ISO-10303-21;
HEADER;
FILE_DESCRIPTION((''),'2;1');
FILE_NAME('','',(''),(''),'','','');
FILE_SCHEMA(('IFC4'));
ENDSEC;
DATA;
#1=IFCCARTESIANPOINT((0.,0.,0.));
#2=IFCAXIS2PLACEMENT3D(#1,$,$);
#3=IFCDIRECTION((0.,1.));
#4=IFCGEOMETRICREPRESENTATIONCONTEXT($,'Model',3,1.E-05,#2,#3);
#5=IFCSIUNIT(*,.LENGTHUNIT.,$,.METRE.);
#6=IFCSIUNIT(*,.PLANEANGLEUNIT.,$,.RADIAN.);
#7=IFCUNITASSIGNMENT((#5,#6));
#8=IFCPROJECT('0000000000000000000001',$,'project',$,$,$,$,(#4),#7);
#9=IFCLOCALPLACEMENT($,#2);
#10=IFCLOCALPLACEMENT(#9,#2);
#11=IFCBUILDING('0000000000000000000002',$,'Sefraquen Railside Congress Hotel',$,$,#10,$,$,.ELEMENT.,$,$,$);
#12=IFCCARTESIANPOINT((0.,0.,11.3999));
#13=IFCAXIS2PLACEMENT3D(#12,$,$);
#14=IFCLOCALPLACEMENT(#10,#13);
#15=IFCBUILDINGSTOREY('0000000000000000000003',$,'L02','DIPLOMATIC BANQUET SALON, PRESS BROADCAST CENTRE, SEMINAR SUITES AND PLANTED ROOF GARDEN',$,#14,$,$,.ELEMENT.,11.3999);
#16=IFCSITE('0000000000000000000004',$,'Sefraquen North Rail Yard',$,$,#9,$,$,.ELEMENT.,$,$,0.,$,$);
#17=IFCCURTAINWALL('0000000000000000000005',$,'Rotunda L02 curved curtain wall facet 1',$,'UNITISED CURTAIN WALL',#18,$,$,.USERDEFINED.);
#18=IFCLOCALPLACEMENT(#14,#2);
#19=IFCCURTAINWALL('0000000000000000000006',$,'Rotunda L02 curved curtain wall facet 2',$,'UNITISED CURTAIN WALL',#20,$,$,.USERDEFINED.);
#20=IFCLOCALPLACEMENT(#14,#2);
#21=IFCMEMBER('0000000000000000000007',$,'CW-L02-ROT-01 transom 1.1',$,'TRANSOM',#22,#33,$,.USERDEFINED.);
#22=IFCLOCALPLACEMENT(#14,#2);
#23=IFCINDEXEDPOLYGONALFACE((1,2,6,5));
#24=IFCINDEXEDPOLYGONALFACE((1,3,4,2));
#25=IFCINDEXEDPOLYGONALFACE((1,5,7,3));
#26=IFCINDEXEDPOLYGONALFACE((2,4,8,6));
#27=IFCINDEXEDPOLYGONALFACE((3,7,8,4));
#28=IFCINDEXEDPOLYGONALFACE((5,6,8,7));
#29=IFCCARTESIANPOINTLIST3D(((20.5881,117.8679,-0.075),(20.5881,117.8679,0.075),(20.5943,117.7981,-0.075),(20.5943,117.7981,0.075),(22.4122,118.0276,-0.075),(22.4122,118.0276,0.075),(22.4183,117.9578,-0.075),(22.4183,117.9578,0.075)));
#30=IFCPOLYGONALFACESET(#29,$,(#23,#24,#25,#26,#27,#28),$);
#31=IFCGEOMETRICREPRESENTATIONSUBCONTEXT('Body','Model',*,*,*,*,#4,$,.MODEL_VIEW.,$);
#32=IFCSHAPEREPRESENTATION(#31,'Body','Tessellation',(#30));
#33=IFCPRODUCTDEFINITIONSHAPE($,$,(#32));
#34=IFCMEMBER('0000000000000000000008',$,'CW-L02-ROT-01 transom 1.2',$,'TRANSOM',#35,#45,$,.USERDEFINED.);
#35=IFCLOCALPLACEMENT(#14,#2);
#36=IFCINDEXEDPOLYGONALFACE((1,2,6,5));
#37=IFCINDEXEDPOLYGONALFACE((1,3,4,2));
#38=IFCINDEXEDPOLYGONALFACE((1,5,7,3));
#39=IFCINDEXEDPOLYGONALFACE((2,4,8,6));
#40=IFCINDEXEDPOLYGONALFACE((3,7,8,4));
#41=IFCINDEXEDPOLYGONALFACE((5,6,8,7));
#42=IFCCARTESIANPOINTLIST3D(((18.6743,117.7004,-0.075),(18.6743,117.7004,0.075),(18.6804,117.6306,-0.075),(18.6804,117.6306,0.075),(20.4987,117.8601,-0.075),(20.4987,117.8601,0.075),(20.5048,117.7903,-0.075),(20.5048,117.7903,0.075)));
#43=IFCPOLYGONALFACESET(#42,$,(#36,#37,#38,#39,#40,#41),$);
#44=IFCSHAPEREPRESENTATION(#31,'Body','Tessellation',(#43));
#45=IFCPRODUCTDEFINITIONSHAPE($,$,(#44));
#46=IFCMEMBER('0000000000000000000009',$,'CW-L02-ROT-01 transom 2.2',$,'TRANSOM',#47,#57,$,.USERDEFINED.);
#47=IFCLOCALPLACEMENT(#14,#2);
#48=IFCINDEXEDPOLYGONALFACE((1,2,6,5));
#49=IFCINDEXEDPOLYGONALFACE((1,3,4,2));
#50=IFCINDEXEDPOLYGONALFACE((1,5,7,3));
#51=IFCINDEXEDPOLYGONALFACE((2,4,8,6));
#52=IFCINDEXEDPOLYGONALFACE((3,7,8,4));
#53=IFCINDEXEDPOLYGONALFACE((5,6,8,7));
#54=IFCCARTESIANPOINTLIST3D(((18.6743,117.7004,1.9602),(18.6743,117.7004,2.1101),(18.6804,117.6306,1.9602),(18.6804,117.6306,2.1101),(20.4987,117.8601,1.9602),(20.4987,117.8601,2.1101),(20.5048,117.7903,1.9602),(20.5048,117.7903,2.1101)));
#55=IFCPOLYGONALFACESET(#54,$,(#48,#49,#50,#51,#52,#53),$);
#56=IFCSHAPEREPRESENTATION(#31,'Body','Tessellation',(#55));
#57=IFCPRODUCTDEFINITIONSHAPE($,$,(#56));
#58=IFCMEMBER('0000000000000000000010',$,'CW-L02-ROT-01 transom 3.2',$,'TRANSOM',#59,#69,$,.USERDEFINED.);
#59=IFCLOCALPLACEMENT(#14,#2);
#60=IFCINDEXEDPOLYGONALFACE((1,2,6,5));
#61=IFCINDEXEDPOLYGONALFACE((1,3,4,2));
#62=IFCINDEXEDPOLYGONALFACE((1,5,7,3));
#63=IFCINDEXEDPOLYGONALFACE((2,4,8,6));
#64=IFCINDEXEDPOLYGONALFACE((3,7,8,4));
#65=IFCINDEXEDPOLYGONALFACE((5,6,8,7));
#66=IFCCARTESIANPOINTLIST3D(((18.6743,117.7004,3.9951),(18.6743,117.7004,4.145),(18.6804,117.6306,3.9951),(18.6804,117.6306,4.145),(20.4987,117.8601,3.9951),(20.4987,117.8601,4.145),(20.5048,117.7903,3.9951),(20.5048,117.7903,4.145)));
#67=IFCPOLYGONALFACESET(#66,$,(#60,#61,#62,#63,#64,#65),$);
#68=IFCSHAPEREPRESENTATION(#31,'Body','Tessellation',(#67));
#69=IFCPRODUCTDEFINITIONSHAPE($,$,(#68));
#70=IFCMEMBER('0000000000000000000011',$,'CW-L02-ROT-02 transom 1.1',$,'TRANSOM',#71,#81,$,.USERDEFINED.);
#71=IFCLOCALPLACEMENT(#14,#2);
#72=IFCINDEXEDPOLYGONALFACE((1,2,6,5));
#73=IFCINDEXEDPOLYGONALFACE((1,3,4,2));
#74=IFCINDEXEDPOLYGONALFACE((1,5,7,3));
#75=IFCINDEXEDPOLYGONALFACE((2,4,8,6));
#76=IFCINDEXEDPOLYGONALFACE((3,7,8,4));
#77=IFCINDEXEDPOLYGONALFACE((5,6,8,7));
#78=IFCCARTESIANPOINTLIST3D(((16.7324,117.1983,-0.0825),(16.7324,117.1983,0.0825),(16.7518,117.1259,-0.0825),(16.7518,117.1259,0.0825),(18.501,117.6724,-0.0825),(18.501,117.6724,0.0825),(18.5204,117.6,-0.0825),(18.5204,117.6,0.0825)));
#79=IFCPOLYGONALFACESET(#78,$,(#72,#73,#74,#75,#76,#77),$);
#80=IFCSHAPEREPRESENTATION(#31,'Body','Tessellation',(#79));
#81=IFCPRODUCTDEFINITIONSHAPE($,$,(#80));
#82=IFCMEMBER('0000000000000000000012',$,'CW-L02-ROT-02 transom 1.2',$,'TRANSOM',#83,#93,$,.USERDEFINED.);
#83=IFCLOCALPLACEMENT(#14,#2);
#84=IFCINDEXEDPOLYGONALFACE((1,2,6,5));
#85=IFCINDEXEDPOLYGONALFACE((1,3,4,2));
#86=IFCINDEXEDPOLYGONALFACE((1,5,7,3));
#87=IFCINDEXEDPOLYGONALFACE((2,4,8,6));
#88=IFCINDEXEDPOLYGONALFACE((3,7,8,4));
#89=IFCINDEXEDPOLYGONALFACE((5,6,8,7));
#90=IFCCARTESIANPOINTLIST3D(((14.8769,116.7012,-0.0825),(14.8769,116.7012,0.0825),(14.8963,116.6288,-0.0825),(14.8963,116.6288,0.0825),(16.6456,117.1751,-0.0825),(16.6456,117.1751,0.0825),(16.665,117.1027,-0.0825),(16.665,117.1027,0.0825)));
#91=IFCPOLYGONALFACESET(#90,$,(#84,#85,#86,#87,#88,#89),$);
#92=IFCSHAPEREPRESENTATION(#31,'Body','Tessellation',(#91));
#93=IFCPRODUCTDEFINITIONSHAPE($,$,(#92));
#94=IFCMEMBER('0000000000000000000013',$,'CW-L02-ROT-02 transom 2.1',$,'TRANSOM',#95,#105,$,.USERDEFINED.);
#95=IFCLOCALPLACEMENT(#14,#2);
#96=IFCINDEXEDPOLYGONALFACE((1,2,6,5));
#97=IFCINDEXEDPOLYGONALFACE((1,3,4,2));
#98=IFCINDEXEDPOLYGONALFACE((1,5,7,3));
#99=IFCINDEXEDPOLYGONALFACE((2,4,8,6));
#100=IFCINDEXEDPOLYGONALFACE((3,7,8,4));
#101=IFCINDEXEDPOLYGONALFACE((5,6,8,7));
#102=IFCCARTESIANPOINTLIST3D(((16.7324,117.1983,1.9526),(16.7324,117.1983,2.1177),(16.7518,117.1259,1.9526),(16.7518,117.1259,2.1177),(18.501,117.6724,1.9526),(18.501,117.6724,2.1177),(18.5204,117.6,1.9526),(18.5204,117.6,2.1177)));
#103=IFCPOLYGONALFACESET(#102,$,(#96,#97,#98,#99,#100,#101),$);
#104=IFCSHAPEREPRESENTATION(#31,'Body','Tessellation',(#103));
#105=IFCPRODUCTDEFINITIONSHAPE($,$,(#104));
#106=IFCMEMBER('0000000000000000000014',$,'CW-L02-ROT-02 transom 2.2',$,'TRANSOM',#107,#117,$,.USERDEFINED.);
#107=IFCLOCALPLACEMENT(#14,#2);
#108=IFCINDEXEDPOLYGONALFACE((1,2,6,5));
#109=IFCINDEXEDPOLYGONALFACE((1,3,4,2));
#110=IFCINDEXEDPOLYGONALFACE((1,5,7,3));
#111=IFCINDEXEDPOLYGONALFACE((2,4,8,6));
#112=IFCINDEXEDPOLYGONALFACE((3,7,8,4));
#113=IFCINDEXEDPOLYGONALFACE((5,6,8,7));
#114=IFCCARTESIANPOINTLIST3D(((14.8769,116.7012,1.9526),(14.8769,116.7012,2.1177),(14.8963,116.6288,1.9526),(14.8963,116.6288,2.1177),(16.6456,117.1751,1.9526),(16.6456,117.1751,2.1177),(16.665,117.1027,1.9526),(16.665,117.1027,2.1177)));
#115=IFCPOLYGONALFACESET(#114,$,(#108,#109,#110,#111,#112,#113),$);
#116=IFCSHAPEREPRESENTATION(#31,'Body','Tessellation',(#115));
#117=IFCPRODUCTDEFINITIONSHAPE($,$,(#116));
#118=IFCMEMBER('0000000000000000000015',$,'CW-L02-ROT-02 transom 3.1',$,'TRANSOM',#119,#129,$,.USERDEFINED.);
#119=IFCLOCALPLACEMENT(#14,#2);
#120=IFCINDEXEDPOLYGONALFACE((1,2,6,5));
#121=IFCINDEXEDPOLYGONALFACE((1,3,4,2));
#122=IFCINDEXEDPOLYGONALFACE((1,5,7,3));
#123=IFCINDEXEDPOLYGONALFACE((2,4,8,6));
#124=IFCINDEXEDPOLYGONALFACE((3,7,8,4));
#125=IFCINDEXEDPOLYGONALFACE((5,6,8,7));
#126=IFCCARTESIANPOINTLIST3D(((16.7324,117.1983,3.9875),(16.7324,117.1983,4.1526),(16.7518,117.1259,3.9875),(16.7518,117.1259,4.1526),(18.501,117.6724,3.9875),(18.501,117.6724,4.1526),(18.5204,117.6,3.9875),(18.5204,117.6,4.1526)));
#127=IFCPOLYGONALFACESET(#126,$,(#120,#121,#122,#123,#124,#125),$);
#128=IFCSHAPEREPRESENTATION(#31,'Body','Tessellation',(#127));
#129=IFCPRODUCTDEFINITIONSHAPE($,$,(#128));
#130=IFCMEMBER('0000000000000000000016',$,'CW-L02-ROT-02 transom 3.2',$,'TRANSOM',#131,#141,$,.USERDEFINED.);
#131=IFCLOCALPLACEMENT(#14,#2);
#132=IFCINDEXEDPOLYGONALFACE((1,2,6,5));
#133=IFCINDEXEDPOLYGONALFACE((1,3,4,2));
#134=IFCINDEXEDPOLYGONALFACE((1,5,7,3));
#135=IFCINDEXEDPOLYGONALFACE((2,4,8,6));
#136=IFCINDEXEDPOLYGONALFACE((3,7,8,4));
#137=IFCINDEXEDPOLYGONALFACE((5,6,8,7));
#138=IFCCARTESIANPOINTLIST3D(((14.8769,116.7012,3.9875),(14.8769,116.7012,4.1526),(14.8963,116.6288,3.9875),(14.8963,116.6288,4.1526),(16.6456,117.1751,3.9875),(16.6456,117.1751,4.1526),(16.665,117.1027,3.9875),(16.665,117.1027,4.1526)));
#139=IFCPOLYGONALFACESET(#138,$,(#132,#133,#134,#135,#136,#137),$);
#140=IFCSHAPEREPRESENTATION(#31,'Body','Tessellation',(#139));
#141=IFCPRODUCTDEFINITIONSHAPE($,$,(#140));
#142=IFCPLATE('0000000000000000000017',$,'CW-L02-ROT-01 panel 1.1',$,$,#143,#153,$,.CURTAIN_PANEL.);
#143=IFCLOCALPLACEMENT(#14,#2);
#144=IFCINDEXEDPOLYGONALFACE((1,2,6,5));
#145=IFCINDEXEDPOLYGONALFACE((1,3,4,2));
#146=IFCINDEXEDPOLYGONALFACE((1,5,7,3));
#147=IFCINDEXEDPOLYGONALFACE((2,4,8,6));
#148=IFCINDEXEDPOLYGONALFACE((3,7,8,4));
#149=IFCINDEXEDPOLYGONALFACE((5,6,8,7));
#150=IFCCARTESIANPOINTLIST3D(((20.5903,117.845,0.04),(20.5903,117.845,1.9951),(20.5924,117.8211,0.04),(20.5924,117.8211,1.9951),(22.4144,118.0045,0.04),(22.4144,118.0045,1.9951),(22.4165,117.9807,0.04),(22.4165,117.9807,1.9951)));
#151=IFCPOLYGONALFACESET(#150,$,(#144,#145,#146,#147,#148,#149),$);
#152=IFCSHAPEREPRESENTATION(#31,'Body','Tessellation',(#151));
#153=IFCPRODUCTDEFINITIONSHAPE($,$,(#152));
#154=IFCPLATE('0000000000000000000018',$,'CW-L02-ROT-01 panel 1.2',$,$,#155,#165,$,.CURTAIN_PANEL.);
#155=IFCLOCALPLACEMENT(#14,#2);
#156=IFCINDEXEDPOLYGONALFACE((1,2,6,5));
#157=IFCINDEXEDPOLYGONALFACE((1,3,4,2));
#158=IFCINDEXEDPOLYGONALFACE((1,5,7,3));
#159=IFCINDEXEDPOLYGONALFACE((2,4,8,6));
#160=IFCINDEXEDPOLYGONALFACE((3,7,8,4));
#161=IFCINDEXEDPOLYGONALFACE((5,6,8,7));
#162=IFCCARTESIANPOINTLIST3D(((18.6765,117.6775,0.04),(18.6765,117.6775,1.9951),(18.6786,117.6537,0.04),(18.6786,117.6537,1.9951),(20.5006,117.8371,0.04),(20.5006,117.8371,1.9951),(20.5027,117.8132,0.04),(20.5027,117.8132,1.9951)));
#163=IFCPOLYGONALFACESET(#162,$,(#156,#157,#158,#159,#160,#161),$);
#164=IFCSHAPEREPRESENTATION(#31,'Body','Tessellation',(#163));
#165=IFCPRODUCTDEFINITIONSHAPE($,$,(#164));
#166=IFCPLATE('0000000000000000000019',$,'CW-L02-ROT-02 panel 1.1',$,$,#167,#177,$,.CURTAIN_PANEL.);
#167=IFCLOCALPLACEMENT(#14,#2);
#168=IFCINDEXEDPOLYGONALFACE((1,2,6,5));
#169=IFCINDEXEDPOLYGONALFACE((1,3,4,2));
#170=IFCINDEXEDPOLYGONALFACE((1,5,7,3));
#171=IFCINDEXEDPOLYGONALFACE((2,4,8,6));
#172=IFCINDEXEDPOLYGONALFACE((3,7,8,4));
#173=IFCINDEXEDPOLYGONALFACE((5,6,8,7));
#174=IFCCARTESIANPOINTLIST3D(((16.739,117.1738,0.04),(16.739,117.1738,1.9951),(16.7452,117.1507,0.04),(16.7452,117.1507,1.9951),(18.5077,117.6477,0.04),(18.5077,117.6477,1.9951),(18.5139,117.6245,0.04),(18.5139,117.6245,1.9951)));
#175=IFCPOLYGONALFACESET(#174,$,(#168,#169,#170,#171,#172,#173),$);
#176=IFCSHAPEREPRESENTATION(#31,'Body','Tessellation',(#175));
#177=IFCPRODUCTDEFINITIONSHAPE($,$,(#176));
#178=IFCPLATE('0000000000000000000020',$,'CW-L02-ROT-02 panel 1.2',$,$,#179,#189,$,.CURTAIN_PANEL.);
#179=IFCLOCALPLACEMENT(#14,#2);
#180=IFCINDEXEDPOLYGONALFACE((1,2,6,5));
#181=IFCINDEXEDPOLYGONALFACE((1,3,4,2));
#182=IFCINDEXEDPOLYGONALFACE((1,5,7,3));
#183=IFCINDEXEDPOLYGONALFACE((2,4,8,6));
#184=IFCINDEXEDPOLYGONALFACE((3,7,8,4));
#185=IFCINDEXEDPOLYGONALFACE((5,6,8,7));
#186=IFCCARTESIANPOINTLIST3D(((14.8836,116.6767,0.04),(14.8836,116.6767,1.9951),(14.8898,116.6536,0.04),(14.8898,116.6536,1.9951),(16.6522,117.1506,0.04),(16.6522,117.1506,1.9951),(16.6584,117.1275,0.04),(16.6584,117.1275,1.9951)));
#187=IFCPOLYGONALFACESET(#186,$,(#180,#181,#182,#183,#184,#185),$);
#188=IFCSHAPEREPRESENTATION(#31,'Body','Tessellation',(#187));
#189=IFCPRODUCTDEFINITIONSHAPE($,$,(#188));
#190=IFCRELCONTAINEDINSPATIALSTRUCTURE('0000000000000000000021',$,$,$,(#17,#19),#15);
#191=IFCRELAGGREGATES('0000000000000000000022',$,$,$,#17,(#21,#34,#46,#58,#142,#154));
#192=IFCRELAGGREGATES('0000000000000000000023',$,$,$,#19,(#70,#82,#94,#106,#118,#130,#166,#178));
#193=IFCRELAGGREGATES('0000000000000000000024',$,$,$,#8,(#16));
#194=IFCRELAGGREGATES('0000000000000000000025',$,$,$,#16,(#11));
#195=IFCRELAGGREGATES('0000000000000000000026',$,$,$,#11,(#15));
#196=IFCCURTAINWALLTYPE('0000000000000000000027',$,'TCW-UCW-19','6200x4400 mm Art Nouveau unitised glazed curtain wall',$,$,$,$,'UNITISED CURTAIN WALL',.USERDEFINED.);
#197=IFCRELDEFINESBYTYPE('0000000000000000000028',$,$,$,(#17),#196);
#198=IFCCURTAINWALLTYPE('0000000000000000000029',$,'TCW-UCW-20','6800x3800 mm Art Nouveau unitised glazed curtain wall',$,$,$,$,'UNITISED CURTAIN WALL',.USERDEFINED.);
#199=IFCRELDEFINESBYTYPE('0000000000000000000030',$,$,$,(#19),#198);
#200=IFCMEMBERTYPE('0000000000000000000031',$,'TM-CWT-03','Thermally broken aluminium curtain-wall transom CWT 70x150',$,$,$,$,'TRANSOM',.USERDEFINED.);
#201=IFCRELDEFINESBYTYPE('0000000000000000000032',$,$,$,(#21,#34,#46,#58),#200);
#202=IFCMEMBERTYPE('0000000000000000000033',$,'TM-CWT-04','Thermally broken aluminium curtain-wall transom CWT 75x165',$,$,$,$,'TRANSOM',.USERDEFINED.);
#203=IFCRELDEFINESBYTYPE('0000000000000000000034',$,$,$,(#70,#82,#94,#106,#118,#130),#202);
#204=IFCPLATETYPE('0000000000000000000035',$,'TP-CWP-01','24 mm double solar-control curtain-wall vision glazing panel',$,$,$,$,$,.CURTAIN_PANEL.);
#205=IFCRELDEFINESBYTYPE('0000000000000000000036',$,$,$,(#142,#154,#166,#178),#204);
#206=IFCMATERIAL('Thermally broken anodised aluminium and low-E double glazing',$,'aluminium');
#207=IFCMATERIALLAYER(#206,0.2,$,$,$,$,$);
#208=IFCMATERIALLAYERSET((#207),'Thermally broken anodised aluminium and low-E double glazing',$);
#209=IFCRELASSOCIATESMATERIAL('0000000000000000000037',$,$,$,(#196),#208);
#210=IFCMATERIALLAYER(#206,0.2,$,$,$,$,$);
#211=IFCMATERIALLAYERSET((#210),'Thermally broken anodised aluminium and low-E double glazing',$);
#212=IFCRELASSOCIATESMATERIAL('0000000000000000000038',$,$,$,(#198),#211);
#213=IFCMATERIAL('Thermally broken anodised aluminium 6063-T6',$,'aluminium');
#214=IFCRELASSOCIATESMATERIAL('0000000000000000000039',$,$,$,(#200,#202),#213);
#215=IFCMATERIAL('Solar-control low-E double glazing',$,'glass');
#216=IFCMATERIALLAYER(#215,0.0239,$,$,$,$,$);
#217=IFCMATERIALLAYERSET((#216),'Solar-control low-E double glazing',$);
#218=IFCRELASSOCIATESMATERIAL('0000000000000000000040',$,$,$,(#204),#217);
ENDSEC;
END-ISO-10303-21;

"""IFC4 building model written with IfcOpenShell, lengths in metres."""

from ifc_helpers import new_model, si_unit, direction, frame, origin, origin_2d, place, context, subcontext, project, spatial, rectangle, extrude, material, layer, layer_set, material_profile, profile_set, type_object, element, aggregate, save


model = new_model("IFC4")

# Units and contexts
model_context = context("Model", 3, precision=1e-05, world=origin(), true_north=direction((0.0, 1.0)))
body_context = subcontext(model_context, "Body", "Model", "MODEL_VIEW")
ifc_project = project(units=[si_unit("LENGTHUNIT", "METRE"), si_unit("PLANEANGLEUNIT", "RADIAN")], contexts=[model_context])

# Site, building, storey
site_placement = place(None, origin())
site = spatial("IfcSite", under=ifc_project, at=site_placement, Name="Sefraquen North Rail Yard", CompositionType="ELEMENT", RefElevation=0.0)
building_placement = place(site_placement, origin())
building = spatial("IfcBuilding", under=site, at=building_placement, Name="Sefraquen Railside Congress Hotel", CompositionType="ELEMENT")
storey_placement = place(building_placement, frame((0.0, 0.0, 11.3999)))
storey = spatial("IfcBuildingStorey", under=building, at=storey_placement, Name="L02", Description="DIPLOMATIC BANQUET SALON, PRESS BROADCAST CENTRE, SEMINAR SUITES AND PLANTED ROOF GARDEN", CompositionType="ELEMENT", Elevation=11.3999)

# Curtain walls
ifc_material_1 = material(Name="Thermally broken anodised aluminium and low-E double glazing", Category="aluminium")
ifc_layer_1 = layer(ifc_material_1, 0.2)
ifc_layer_set_1 = layer_set([ifc_layer_1], Name="Thermally broken anodised aluminium and low-E double glazing")
curtain_wall_type_1 = type_object("IfcCurtainWallType", Name="TCW-UCW-19", Description="6200x4400 mm Art Nouveau unitised glazed curtain wall", ElementType="UNITISED CURTAIN WALL", PredefinedType="USERDEFINED", material=ifc_layer_set_1)
curtain_wall_1_placement = place(storey_placement, origin())
curtain_wall_1 = element("IfcCurtainWall", 1, at=curtain_wall_1_placement, inside=storey, type_object=curtain_wall_type_1, Name="Rotunda L02 curved curtain wall facet 1", ObjectType="UNITISED CURTAIN WALL", PredefinedType="USERDEFINED")
ifc_material_2 = material(Name="Thermally broken anodised aluminium 6063-T6", Category="aluminium")
ifc_layer_2 = layer(ifc_material_1, 0.2)
ifc_layer_set_2 = layer_set([ifc_layer_2], Name="Thermally broken anodised aluminium and low-E double glazing")
curtain_wall_type_2 = type_object("IfcCurtainWallType", Name="TCW-UCW-20", Description="6800x3800 mm Art Nouveau unitised glazed curtain wall", ElementType="UNITISED CURTAIN WALL", PredefinedType="USERDEFINED", material=ifc_layer_set_2)
curtain_wall_2_placement = place(storey_placement, origin())
curtain_wall_2 = element("IfcCurtainWall", 2, at=curtain_wall_2_placement, inside=storey, type_object=curtain_wall_type_2, Name="Rotunda L02 curved curtain wall facet 2", ObjectType="UNITISED CURTAIN WALL", PredefinedType="USERDEFINED")

# Members
ifc_material_profile_1 = material_profile(ifc_material_2, rectangle(XDim=0.0701, YDim=0.1499, at=origin_2d()), Name="CWT 70x150")
ifc_profile_set_1 = profile_set([ifc_material_profile_1], Name="Thermally broken anodised aluminium 6063-T6")
member_type_1 = type_object("IfcMemberType", Name="TM-CWT-03", Description="Thermally broken aluminium curtain-wall transom CWT 70x150", ElementType="TRANSOM", PredefinedType="USERDEFINED", material=ifc_profile_set_1)
member_1_placement = place(storey_placement, frame((22.4153, 117.9927, 0.0), z_axis=(-0.99619, -0.087205, 0.0), x_axis=(0.087205, -0.99619, 0.0)))
member_1 = element("IfcMember", 3, at=member_1_placement, type_object=member_type_1, Name="CW-L02-ROT-01 transom 1.1", ObjectType="TRANSOM", PredefinedType="USERDEFINED", context=body_context, shape_type="SweptSolid", body=[
    extrude(rectangle(XDim=0.0701, YDim=0.1499, at=origin_2d()), origin(), (0.0, 0.0, 1.0), 1.8311),
])
member_2_placement = place(storey_placement, frame((20.5017, 117.8252, 0.0), z_axis=(-0.996191, -0.087193, 0.0), x_axis=(0.087193, -0.996191, 0.0)))
member_2 = element("IfcMember", 4, at=member_2_placement, type_object=member_type_1, Name="CW-L02-ROT-01 transom 1.2", ObjectType="TRANSOM", PredefinedType="USERDEFINED", context=body_context, shape_type="SweptSolid", body=[
    extrude(rectangle(XDim=0.0701, YDim=0.1499, at=origin_2d()), origin(), (0.0, 0.0, 1.0), 1.8313),
])
member_3_placement = place(storey_placement, frame((20.5017, 117.8252, 2.0352), z_axis=(-0.996191, -0.087193, 0.0), x_axis=(0.087193, -0.996191, 0.0)))
member_3 = element("IfcMember", 5, at=member_3_placement, type_object=member_type_1, Name="CW-L02-ROT-01 transom 2.2", ObjectType="TRANSOM", PredefinedType="USERDEFINED", context=body_context, shape_type="SweptSolid", body=[
    extrude(rectangle(XDim=0.0701, YDim=0.1499, at=origin_2d()), origin(), (0.0, 0.0, 1.0), 1.8313),
])
member_4_placement = place(storey_placement, frame((20.5017, 117.8252, 4.0701), z_axis=(-0.996191, -0.087193, 0.0), x_axis=(0.087193, -0.996191, 0.0)))
member_4 = element("IfcMember", 6, at=member_4_placement, type_object=member_type_1, Name="CW-L02-ROT-01 transom 3.2", ObjectType="TRANSOM", PredefinedType="USERDEFINED", context=body_context, shape_type="SweptSolid", body=[
    extrude(rectangle(XDim=0.0701, YDim=0.1499, at=origin_2d()), origin(), (0.0, 0.0, 1.0), 1.8313),
])
ifc_material_profile_2 = material_profile(ifc_material_2, rectangle(XDim=0.075, YDim=0.165, at=origin_2d()), Name="CWT 75x165")
ifc_profile_set_2 = profile_set([ifc_material_profile_2], Name="Thermally broken anodised aluminium 6063-T6")
member_type_2 = type_object("IfcMemberType", Name="TM-CWT-04", Description="Thermally broken aluminium curtain-wall transom CWT 75x165", ElementType="TRANSOM", PredefinedType="USERDEFINED", material=ifc_profile_set_2)
member_5_placement = place(storey_placement, frame((18.5107, 117.6362, 0.0), z_axis=(-0.965893, -0.25894, 0.0), x_axis=(0.25894, -0.965893, 0.0)))
member_5 = element("IfcMember", 7, at=member_5_placement, type_object=member_type_2, Name="CW-L02-ROT-02 transom 1.1", ObjectType="TRANSOM", PredefinedType="USERDEFINED", context=body_context, shape_type="SweptSolid", body=[
    extrude(rectangle(XDim=0.075, YDim=0.165, at=origin_2d()), origin(), (0.0, 0.0, 1.0), 1.8311),
])
member_6_placement = place(storey_placement, frame((16.6553, 117.1389, 0.0), z_axis=(-0.965927, -0.258816, 0.0), x_axis=(0.258816, -0.965927, 0.0)))
member_6 = element("IfcMember", 8, at=member_6_placement, type_object=member_type_2, Name="CW-L02-ROT-02 transom 1.2", ObjectType="TRANSOM", PredefinedType="USERDEFINED", context=body_context, shape_type="SweptSolid", body=[
    extrude(rectangle(XDim=0.075, YDim=0.165, at=origin_2d()), origin(), (0.0, 0.0, 1.0), 1.8311),
])
member_7_placement = place(storey_placement, frame((18.5107, 117.6362, 2.0352), z_axis=(-0.965893, -0.25894, 0.0), x_axis=(0.25894, -0.965893, 0.0)))
member_7 = element("IfcMember", 9, at=member_7_placement, type_object=member_type_2, Name="CW-L02-ROT-02 transom 2.1", ObjectType="TRANSOM", PredefinedType="USERDEFINED", context=body_context, shape_type="SweptSolid", body=[
    extrude(rectangle(XDim=0.075, YDim=0.165, at=origin_2d()), origin(), (0.0, 0.0, 1.0), 1.8311),
])
member_8_placement = place(storey_placement, frame((16.6553, 117.1389, 2.0352), z_axis=(-0.965927, -0.258816, 0.0), x_axis=(0.258816, -0.965927, 0.0)))
member_8 = element("IfcMember", 10, at=member_8_placement, type_object=member_type_2, Name="CW-L02-ROT-02 transom 2.2", ObjectType="TRANSOM", PredefinedType="USERDEFINED", context=body_context, shape_type="SweptSolid", body=[
    extrude(rectangle(XDim=0.075, YDim=0.165, at=origin_2d()), origin(), (0.0, 0.0, 1.0), 1.8311),
])
member_9_placement = place(storey_placement, frame((18.5107, 117.6362, 4.0701), z_axis=(-0.965893, -0.25894, 0.0), x_axis=(0.25894, -0.965893, 0.0)))
member_9 = element("IfcMember", 11, at=member_9_placement, type_object=member_type_2, Name="CW-L02-ROT-02 transom 3.1", ObjectType="TRANSOM", PredefinedType="USERDEFINED", context=body_context, shape_type="SweptSolid", body=[
    extrude(rectangle(XDim=0.075, YDim=0.165, at=origin_2d()), origin(), (0.0, 0.0, 1.0), 1.8311),
])
member_10_placement = place(storey_placement, frame((16.6553, 117.1389, 4.0701), z_axis=(-0.965927, -0.258816, 0.0), x_axis=(0.258816, -0.965927, 0.0)))
member_10 = element("IfcMember", 12, at=member_10_placement, type_object=member_type_2, Name="CW-L02-ROT-02 transom 3.2", ObjectType="TRANSOM", PredefinedType="USERDEFINED", context=body_context, shape_type="SweptSolid", body=[
    extrude(rectangle(XDim=0.075, YDim=0.165, at=origin_2d()), origin(), (0.0, 0.0, 1.0), 1.8311),
])

# Plates
ifc_material_3 = material(Name="Solar-control low-E double glazing", Category="glass")
ifc_layer_3 = layer(ifc_material_3, 0.0239)
ifc_layer_set_3 = layer_set([ifc_layer_3], Name="Solar-control low-E double glazing")
plate_type_1 = type_object("IfcPlateType", Name="TP-CWP-01", Description="24 mm double solar-control curtain-wall vision glazing panel", PredefinedType="CURTAIN_PANEL", material=ifc_layer_set_3)
plate_1_placement = place(storey_placement, frame((21.5034, 117.9128, 0.04), z_axis=(0.0, 0.0, 1.0), x_axis=(-0.996196, -0.087138, 0.0)))
plate_1 = element("IfcPlate", 13, at=plate_1_placement, type_object=plate_type_1, Name="CW-L02-ROT-01 panel 1.1", PredefinedType="CURTAIN_PANEL", context=body_context, shape_type="SweptSolid", body=[
    extrude(rectangle(XDim=1.8311, YDim=0.0239, at=origin_2d()), origin(), (0.0, 0.0, 1.0), 1.9551),
])
plate_2_placement = place(storey_placement, frame((19.5896, 117.7454, 0.04), z_axis=(0.0, 0.0, 1.0), x_axis=(-0.996196, -0.087138, 0.0)))
plate_2 = element("IfcPlate", 14, at=plate_2_placement, type_object=plate_type_1, Name="CW-L02-ROT-01 panel 1.2", PredefinedType="CURTAIN_PANEL", context=body_context, shape_type="SweptSolid", body=[
    extrude(rectangle(XDim=1.8311, YDim=0.0239, at=origin_2d()), origin(), (0.0, 0.0, 1.0), 1.9551),
])
plate_3_placement = place(storey_placement, frame((17.6265, 117.3992, 0.04), z_axis=(0.0, 0.0, 1.0), x_axis=(-0.965935, -0.258785, 0.0)))
plate_3 = element("IfcPlate", 15, at=plate_3_placement, type_object=plate_type_1, Name="CW-L02-ROT-02 panel 1.1", PredefinedType="CURTAIN_PANEL", context=body_context, shape_type="SweptSolid", body=[
    extrude(rectangle(XDim=1.8311, YDim=0.0239, at=origin_2d()), origin(), (0.0, 0.0, 1.0), 1.9551),
])
plate_4_placement = place(storey_placement, frame((15.771, 116.9021, 0.04), z_axis=(0.0, 0.0, 1.0), x_axis=(-0.965935, -0.258785, 0.0)))
plate_4 = element("IfcPlate", 16, at=plate_4_placement, type_object=plate_type_1, Name="CW-L02-ROT-02 panel 1.2", PredefinedType="CURTAIN_PANEL", context=body_context, shape_type="SweptSolid", body=[
    extrude(rectangle(XDim=1.8311, YDim=0.0239, at=origin_2d()), origin(), (0.0, 0.0, 1.0), 1.9551),
])
aggregate(curtain_wall_1, [member_1, member_2, member_3, member_4, plate_1, plate_2])
aggregate(curtain_wall_2, [member_5, member_6, member_7, member_8, member_9, member_10, plate_3, plate_4])

save(model, "model.ifc")
